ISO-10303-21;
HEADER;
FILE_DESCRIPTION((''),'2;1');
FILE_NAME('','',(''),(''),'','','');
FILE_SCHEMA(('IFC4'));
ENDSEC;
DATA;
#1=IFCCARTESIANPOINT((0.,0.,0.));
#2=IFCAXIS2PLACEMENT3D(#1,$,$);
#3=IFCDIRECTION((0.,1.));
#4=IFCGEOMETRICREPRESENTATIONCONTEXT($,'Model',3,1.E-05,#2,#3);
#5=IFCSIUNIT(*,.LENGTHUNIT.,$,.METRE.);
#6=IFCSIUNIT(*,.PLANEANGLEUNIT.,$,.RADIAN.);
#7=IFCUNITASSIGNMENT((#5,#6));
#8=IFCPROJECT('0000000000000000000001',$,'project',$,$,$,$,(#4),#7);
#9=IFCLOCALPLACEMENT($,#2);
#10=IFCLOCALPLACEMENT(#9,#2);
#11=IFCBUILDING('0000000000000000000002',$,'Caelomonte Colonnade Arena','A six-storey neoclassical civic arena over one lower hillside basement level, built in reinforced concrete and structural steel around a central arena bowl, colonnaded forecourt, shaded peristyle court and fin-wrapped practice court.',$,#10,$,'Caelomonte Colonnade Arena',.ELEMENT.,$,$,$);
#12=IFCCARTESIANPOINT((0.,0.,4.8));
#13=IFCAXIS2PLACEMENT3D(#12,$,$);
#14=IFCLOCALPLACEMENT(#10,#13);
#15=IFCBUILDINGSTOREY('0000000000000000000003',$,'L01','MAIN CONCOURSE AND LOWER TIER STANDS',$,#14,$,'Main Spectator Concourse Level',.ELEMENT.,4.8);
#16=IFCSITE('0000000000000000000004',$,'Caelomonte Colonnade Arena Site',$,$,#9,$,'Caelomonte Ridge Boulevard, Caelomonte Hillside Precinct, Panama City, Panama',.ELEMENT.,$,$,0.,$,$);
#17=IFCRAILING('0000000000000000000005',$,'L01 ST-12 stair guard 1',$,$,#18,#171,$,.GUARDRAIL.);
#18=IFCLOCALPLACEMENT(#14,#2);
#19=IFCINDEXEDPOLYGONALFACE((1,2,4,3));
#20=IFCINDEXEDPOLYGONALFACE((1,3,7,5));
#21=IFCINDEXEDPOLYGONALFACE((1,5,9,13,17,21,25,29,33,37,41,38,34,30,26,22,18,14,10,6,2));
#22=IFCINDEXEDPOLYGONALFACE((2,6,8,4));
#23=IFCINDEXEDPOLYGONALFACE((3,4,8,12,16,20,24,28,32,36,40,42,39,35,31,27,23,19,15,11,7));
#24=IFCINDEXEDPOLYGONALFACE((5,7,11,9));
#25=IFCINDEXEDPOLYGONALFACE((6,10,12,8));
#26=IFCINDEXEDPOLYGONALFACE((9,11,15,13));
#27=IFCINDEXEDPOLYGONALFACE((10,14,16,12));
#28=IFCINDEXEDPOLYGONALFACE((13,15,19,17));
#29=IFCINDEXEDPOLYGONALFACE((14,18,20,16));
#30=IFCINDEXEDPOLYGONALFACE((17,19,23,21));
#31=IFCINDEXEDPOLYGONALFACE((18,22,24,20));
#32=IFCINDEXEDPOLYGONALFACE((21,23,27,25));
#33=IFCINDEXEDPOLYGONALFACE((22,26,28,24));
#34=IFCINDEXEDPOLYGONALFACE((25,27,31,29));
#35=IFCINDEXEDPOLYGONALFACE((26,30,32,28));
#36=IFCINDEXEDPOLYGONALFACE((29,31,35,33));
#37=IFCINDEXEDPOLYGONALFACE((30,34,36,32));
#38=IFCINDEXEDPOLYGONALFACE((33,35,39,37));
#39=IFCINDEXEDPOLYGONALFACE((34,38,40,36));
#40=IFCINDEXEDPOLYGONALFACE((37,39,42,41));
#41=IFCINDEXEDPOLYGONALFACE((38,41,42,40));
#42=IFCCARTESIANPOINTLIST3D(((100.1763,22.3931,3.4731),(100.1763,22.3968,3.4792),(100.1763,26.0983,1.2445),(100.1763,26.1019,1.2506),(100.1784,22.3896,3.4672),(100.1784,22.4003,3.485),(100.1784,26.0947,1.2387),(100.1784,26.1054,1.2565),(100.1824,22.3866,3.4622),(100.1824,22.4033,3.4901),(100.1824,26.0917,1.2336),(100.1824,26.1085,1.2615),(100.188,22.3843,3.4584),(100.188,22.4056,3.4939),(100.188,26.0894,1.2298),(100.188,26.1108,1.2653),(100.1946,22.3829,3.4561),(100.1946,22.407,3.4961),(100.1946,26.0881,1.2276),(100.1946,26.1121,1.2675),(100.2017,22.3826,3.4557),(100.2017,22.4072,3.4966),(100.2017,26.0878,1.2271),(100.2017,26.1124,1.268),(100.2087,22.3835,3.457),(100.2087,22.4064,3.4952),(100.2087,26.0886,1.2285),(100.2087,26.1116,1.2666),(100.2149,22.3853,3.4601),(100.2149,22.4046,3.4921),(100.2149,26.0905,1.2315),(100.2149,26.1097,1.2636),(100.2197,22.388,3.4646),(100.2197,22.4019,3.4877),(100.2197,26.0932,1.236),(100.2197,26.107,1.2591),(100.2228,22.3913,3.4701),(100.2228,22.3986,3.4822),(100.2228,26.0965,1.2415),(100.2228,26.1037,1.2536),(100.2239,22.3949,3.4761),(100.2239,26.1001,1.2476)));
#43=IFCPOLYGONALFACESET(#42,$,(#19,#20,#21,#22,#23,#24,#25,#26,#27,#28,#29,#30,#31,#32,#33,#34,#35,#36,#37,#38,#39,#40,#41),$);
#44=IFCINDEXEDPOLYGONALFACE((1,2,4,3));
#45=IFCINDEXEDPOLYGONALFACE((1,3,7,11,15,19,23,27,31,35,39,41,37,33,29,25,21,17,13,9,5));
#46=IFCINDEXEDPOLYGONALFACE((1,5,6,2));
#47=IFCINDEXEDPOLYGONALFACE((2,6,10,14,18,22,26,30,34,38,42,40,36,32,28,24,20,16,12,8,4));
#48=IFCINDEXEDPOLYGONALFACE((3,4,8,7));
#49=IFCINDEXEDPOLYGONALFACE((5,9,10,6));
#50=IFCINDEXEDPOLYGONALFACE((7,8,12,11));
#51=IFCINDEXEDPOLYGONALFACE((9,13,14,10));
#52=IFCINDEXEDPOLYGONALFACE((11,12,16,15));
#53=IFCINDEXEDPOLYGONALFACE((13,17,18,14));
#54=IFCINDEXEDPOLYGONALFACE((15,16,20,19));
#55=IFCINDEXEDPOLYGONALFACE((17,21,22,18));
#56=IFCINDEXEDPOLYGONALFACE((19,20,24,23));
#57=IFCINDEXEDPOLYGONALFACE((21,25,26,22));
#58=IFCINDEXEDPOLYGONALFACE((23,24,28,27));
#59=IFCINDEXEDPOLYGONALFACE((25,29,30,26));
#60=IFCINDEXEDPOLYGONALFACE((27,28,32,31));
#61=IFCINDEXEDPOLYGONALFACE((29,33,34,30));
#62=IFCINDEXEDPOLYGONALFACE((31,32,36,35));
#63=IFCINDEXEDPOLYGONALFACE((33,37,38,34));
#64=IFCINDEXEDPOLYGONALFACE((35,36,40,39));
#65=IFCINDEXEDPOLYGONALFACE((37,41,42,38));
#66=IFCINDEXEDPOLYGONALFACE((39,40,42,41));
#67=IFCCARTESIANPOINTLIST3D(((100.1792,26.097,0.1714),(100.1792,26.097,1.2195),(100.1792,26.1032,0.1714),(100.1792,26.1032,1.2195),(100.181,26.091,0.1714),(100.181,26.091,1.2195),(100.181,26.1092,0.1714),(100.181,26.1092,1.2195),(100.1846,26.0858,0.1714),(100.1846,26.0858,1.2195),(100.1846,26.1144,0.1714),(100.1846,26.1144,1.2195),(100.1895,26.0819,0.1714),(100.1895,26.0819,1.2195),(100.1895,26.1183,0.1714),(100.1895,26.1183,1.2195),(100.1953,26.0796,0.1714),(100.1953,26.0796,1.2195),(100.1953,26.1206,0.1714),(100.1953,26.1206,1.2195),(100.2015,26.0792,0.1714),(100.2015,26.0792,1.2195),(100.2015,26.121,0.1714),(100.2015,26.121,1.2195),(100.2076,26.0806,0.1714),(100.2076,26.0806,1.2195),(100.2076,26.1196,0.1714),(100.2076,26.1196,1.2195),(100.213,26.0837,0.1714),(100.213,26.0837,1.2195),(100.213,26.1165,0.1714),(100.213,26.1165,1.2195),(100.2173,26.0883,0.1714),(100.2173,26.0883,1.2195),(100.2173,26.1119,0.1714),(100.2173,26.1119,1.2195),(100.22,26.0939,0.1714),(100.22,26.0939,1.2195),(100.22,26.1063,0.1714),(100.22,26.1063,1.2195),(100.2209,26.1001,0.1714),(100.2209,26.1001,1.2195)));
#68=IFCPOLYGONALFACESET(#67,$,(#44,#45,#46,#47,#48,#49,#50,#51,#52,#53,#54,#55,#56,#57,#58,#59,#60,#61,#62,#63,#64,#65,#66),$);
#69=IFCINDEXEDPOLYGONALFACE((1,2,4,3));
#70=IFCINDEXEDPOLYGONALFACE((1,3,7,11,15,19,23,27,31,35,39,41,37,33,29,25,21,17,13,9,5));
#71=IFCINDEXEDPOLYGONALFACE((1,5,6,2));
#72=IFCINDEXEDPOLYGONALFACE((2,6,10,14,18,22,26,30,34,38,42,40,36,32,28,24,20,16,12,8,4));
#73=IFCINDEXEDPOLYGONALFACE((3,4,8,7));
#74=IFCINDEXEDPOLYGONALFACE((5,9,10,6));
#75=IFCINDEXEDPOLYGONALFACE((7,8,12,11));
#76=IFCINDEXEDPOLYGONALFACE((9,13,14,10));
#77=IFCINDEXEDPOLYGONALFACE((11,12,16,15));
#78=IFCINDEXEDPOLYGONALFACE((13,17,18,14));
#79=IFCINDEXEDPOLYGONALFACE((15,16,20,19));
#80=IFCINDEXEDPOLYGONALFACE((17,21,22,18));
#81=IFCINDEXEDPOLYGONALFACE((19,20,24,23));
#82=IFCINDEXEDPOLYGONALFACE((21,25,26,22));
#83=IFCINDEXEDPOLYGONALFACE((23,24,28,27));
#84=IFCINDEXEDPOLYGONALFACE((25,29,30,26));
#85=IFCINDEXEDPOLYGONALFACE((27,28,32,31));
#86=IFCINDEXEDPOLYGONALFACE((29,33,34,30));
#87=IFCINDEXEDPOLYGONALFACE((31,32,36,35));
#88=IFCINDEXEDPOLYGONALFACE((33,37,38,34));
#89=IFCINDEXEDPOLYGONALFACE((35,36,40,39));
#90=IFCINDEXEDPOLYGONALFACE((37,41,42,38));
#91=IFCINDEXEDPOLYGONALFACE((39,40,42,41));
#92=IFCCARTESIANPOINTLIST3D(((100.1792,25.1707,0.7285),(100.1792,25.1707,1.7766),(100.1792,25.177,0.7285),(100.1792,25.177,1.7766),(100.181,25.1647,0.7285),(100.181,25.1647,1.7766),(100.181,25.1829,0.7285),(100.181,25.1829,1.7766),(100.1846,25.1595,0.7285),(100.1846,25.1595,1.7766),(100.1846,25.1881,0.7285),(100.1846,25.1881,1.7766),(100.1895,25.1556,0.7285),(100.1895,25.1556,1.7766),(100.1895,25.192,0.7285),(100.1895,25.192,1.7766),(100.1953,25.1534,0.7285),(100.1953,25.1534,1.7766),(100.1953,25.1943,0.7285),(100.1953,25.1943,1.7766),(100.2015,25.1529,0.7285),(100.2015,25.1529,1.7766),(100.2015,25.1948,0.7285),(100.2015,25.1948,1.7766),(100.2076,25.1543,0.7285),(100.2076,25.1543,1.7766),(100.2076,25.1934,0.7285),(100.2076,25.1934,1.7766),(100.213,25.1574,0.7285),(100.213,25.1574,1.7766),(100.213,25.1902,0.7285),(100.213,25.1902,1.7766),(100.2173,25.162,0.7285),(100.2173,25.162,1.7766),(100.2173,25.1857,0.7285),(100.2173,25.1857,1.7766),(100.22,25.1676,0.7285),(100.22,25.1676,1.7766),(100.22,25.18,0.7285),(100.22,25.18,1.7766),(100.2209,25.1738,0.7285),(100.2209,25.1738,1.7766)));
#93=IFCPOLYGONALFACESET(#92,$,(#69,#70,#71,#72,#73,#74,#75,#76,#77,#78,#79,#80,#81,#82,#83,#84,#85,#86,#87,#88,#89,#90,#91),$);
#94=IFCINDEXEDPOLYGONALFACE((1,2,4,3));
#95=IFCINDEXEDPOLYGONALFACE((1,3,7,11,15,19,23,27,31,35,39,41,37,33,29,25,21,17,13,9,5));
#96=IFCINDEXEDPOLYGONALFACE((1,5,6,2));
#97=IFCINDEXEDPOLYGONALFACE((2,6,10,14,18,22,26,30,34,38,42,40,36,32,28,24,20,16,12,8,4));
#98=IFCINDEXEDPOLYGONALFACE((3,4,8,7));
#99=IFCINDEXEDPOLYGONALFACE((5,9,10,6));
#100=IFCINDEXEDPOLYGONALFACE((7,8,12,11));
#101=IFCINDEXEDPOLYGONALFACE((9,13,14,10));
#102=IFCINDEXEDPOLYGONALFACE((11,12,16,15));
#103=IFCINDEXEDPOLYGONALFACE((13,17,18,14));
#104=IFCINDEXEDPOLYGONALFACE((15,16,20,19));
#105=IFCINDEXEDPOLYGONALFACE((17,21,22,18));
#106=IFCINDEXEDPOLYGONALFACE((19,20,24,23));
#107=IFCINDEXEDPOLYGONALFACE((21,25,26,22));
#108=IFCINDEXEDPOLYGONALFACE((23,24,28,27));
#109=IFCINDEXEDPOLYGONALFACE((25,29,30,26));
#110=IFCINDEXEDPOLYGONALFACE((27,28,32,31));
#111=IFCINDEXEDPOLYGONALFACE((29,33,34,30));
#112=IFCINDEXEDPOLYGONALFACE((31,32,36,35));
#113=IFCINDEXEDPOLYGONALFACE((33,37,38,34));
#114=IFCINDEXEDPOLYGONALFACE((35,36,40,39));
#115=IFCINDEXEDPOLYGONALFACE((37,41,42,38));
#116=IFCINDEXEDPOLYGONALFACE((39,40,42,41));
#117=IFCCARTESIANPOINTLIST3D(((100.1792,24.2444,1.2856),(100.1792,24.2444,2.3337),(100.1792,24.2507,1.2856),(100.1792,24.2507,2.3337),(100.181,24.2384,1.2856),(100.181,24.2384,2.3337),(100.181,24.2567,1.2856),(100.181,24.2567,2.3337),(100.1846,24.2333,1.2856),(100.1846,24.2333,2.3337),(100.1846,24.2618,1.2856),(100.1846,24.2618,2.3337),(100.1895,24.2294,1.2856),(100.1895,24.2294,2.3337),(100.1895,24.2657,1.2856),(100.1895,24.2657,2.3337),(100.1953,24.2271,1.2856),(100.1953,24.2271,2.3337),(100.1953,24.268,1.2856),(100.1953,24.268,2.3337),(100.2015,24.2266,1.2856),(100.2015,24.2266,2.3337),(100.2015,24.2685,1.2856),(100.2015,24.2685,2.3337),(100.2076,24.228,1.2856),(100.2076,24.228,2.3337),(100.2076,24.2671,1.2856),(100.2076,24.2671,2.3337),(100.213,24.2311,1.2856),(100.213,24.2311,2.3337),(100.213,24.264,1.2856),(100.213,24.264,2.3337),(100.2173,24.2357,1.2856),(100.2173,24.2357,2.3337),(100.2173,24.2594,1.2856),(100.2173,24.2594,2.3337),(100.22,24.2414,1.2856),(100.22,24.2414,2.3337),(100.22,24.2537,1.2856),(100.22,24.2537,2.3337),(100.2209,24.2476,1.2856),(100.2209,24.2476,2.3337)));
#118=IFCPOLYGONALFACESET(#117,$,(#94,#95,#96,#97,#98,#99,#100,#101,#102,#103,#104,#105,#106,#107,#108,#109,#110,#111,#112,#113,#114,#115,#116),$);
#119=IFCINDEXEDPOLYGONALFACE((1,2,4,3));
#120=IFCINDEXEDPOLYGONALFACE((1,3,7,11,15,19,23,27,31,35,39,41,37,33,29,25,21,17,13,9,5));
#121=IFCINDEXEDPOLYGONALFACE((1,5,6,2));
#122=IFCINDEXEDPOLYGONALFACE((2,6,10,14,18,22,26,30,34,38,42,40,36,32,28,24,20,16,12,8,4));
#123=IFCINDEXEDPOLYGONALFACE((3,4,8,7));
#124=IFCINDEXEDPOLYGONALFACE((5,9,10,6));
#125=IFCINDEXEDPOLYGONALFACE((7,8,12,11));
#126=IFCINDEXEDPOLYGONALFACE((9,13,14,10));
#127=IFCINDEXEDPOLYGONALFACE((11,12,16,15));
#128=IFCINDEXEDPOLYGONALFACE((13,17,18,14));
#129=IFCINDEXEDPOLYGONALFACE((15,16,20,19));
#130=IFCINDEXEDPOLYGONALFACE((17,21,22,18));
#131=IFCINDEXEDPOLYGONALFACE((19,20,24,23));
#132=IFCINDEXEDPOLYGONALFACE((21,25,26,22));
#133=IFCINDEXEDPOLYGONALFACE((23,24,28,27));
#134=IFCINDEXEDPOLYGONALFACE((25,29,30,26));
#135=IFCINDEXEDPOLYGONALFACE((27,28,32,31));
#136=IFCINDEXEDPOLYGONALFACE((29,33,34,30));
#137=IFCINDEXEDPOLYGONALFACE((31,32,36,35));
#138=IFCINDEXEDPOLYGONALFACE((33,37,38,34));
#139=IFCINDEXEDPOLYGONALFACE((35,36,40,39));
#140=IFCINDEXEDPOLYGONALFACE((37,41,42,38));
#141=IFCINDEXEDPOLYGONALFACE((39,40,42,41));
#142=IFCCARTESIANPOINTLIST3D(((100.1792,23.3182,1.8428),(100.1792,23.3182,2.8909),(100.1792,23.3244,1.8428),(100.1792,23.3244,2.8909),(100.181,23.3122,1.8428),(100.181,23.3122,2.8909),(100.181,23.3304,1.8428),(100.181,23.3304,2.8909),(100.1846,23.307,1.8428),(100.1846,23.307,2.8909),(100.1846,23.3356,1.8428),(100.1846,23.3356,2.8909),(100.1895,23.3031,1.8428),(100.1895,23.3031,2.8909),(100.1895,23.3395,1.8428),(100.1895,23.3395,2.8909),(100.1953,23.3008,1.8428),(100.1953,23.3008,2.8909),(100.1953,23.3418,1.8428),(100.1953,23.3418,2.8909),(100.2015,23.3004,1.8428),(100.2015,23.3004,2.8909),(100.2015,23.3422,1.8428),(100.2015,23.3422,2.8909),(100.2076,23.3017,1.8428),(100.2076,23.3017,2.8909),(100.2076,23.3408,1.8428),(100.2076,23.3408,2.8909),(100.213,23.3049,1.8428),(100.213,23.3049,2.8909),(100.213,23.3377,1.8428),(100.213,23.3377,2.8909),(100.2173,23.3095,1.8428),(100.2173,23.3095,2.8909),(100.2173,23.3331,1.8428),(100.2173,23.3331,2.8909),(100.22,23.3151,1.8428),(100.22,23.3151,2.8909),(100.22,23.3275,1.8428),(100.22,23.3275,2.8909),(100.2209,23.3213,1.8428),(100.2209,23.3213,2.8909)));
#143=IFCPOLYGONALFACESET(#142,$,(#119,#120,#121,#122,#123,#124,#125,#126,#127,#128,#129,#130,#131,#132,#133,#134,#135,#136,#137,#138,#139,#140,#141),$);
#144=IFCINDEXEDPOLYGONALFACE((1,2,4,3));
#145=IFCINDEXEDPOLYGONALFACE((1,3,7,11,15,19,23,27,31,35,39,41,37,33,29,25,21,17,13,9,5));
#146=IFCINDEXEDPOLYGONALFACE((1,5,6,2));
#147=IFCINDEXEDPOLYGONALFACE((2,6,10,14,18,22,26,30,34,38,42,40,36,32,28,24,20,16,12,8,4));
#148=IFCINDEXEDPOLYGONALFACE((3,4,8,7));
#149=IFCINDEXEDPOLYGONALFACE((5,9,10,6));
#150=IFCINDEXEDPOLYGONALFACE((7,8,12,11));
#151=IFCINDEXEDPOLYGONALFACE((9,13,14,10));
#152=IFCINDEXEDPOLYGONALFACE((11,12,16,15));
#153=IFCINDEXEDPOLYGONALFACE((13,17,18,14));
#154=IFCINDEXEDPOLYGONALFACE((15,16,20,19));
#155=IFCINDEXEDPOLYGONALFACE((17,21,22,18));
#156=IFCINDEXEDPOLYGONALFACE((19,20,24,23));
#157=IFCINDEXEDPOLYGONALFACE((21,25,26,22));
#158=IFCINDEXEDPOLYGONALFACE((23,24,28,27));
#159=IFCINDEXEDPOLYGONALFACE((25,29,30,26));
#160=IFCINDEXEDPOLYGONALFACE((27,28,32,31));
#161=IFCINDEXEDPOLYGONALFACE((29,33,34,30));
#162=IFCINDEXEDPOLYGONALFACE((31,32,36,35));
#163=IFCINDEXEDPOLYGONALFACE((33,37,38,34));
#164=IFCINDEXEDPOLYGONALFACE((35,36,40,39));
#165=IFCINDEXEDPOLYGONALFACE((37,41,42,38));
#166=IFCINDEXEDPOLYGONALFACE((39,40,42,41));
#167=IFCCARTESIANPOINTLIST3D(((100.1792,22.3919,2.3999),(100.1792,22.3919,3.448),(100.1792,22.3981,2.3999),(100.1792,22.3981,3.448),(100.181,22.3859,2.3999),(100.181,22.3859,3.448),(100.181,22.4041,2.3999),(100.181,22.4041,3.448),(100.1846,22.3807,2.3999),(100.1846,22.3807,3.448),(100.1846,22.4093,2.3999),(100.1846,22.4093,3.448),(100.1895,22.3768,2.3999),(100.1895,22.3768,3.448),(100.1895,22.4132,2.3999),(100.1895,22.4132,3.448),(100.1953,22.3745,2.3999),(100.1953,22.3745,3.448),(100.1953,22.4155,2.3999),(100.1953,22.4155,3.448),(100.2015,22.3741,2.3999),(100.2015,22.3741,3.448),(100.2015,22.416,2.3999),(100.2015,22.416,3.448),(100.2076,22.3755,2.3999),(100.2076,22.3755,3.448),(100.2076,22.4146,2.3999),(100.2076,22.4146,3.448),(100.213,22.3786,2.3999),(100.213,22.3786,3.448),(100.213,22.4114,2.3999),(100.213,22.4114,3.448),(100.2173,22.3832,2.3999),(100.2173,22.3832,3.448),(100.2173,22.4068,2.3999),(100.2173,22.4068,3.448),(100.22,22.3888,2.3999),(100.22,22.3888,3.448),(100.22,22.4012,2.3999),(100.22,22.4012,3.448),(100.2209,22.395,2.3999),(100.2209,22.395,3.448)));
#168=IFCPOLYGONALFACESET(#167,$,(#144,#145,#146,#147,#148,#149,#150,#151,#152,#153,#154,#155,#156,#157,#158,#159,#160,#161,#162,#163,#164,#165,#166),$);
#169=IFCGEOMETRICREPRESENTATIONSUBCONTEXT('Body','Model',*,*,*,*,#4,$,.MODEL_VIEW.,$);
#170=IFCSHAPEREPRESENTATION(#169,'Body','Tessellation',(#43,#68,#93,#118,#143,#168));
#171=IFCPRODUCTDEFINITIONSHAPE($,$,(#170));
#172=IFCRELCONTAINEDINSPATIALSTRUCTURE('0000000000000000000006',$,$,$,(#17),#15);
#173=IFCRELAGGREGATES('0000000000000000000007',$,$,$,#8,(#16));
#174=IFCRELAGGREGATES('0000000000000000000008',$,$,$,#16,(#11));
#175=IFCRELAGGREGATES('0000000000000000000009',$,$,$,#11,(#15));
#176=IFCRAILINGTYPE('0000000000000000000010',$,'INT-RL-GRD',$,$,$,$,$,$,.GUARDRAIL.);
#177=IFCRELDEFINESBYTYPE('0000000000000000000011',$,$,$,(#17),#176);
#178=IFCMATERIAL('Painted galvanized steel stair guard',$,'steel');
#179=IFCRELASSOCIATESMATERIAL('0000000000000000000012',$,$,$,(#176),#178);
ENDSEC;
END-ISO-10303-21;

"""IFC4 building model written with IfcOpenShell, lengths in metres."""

from ifc_helpers import new_model, si_unit, direction, frame, origin, origin_2d, place, context, subcontext, project, spatial, circle, extrude, material, type_object, element, save


model = new_model("IFC4")

# Units and contexts
model_context = context("Model", 3, precision=1e-05, world=origin(), true_north=direction((0.0, 1.0)))
body_context = subcontext(model_context, "Body", "Model", "MODEL_VIEW")
ifc_project = project(units=[si_unit("LENGTHUNIT", "METRE"), si_unit("PLANEANGLEUNIT", "RADIAN")], contexts=[model_context])

# Site, building, storey
site_placement = place(None, origin())
site = spatial("IfcSite", under=ifc_project, at=site_placement, Name="Caelomonte Colonnade Arena Site", LongName="Caelomonte Ridge Boulevard, Caelomonte Hillside Precinct, Panama City, Panama", CompositionType="ELEMENT", RefElevation=0.0)
building_placement = place(site_placement, origin())
building = spatial("IfcBuilding", under=site, at=building_placement, Name="Caelomonte Colonnade Arena", Description="A six-storey neoclassical civic arena over one lower hillside basement level, built in reinforced concrete and structural steel around a central arena bowl, colonnaded forecourt, shaded peristyle court and fin-wrapped practice court.", LongName="Caelomonte Colonnade Arena", CompositionType="ELEMENT")
storey_placement = place(building_placement, frame((0.0, 0.0, 4.8)))
storey = spatial("IfcBuildingStorey", under=building, at=storey_placement, Name="L01", Description="MAIN CONCOURSE AND LOWER TIER STANDS", LongName="Main Spectator Concourse Level", CompositionType="ELEMENT", Elevation=4.8)

# Railing
ifc_material_1 = material(Name="Painted galvanized steel stair guard", Category="steel")
railing_type_1 = type_object("IfcRailingType", Name="INT-RL-GRD", PredefinedType="GUARDRAIL", material=ifc_material_1)
railing_1_placement = place(storey_placement, frame((100.2, 26.1001, 0.1714)))
element("IfcRailing", 1, at=railing_1_placement, inside=storey, type_object=railing_type_1, Name="L01 ST-12 stair guard 1", PredefinedType="GUARDRAIL", context=body_context, shape_type="SweptSolid", body=[
    extrude(circle(Radius=0.0239, at=origin_2d()), frame((0.0, 0.0, 1.0762), z_axis=(0.0, -0.856934, 0.515425), x_axis=(1.0, 0.0, 0.0)), (0.0, 0.0, 1.0), 4.3237),
    extrude(circle(Radius=0.021, at=origin_2d()), origin(), (0.0, 0.0, 1.0), 1.0481),
    extrude(circle(Radius=0.021, at=origin_2d()), frame((0.0, -0.9263, 0.5571)), (0.0, 0.0, 1.0), 1.0481),
    extrude(circle(Radius=0.021, at=origin_2d()), frame((0.0, -1.8525, 1.1143)), (0.0, 0.0, 1.0), 1.0481),
    extrude(circle(Radius=0.021, at=origin_2d()), frame((0.0, -2.7788, 1.6714)), (0.0, 0.0, 1.0), 1.0481),
    extrude(circle(Radius=0.021, at=origin_2d()), frame((0.0, -3.7051, 2.2285)), (0.0, 0.0, 1.0), 1.0481),
])

save(model, "model.ifc")
